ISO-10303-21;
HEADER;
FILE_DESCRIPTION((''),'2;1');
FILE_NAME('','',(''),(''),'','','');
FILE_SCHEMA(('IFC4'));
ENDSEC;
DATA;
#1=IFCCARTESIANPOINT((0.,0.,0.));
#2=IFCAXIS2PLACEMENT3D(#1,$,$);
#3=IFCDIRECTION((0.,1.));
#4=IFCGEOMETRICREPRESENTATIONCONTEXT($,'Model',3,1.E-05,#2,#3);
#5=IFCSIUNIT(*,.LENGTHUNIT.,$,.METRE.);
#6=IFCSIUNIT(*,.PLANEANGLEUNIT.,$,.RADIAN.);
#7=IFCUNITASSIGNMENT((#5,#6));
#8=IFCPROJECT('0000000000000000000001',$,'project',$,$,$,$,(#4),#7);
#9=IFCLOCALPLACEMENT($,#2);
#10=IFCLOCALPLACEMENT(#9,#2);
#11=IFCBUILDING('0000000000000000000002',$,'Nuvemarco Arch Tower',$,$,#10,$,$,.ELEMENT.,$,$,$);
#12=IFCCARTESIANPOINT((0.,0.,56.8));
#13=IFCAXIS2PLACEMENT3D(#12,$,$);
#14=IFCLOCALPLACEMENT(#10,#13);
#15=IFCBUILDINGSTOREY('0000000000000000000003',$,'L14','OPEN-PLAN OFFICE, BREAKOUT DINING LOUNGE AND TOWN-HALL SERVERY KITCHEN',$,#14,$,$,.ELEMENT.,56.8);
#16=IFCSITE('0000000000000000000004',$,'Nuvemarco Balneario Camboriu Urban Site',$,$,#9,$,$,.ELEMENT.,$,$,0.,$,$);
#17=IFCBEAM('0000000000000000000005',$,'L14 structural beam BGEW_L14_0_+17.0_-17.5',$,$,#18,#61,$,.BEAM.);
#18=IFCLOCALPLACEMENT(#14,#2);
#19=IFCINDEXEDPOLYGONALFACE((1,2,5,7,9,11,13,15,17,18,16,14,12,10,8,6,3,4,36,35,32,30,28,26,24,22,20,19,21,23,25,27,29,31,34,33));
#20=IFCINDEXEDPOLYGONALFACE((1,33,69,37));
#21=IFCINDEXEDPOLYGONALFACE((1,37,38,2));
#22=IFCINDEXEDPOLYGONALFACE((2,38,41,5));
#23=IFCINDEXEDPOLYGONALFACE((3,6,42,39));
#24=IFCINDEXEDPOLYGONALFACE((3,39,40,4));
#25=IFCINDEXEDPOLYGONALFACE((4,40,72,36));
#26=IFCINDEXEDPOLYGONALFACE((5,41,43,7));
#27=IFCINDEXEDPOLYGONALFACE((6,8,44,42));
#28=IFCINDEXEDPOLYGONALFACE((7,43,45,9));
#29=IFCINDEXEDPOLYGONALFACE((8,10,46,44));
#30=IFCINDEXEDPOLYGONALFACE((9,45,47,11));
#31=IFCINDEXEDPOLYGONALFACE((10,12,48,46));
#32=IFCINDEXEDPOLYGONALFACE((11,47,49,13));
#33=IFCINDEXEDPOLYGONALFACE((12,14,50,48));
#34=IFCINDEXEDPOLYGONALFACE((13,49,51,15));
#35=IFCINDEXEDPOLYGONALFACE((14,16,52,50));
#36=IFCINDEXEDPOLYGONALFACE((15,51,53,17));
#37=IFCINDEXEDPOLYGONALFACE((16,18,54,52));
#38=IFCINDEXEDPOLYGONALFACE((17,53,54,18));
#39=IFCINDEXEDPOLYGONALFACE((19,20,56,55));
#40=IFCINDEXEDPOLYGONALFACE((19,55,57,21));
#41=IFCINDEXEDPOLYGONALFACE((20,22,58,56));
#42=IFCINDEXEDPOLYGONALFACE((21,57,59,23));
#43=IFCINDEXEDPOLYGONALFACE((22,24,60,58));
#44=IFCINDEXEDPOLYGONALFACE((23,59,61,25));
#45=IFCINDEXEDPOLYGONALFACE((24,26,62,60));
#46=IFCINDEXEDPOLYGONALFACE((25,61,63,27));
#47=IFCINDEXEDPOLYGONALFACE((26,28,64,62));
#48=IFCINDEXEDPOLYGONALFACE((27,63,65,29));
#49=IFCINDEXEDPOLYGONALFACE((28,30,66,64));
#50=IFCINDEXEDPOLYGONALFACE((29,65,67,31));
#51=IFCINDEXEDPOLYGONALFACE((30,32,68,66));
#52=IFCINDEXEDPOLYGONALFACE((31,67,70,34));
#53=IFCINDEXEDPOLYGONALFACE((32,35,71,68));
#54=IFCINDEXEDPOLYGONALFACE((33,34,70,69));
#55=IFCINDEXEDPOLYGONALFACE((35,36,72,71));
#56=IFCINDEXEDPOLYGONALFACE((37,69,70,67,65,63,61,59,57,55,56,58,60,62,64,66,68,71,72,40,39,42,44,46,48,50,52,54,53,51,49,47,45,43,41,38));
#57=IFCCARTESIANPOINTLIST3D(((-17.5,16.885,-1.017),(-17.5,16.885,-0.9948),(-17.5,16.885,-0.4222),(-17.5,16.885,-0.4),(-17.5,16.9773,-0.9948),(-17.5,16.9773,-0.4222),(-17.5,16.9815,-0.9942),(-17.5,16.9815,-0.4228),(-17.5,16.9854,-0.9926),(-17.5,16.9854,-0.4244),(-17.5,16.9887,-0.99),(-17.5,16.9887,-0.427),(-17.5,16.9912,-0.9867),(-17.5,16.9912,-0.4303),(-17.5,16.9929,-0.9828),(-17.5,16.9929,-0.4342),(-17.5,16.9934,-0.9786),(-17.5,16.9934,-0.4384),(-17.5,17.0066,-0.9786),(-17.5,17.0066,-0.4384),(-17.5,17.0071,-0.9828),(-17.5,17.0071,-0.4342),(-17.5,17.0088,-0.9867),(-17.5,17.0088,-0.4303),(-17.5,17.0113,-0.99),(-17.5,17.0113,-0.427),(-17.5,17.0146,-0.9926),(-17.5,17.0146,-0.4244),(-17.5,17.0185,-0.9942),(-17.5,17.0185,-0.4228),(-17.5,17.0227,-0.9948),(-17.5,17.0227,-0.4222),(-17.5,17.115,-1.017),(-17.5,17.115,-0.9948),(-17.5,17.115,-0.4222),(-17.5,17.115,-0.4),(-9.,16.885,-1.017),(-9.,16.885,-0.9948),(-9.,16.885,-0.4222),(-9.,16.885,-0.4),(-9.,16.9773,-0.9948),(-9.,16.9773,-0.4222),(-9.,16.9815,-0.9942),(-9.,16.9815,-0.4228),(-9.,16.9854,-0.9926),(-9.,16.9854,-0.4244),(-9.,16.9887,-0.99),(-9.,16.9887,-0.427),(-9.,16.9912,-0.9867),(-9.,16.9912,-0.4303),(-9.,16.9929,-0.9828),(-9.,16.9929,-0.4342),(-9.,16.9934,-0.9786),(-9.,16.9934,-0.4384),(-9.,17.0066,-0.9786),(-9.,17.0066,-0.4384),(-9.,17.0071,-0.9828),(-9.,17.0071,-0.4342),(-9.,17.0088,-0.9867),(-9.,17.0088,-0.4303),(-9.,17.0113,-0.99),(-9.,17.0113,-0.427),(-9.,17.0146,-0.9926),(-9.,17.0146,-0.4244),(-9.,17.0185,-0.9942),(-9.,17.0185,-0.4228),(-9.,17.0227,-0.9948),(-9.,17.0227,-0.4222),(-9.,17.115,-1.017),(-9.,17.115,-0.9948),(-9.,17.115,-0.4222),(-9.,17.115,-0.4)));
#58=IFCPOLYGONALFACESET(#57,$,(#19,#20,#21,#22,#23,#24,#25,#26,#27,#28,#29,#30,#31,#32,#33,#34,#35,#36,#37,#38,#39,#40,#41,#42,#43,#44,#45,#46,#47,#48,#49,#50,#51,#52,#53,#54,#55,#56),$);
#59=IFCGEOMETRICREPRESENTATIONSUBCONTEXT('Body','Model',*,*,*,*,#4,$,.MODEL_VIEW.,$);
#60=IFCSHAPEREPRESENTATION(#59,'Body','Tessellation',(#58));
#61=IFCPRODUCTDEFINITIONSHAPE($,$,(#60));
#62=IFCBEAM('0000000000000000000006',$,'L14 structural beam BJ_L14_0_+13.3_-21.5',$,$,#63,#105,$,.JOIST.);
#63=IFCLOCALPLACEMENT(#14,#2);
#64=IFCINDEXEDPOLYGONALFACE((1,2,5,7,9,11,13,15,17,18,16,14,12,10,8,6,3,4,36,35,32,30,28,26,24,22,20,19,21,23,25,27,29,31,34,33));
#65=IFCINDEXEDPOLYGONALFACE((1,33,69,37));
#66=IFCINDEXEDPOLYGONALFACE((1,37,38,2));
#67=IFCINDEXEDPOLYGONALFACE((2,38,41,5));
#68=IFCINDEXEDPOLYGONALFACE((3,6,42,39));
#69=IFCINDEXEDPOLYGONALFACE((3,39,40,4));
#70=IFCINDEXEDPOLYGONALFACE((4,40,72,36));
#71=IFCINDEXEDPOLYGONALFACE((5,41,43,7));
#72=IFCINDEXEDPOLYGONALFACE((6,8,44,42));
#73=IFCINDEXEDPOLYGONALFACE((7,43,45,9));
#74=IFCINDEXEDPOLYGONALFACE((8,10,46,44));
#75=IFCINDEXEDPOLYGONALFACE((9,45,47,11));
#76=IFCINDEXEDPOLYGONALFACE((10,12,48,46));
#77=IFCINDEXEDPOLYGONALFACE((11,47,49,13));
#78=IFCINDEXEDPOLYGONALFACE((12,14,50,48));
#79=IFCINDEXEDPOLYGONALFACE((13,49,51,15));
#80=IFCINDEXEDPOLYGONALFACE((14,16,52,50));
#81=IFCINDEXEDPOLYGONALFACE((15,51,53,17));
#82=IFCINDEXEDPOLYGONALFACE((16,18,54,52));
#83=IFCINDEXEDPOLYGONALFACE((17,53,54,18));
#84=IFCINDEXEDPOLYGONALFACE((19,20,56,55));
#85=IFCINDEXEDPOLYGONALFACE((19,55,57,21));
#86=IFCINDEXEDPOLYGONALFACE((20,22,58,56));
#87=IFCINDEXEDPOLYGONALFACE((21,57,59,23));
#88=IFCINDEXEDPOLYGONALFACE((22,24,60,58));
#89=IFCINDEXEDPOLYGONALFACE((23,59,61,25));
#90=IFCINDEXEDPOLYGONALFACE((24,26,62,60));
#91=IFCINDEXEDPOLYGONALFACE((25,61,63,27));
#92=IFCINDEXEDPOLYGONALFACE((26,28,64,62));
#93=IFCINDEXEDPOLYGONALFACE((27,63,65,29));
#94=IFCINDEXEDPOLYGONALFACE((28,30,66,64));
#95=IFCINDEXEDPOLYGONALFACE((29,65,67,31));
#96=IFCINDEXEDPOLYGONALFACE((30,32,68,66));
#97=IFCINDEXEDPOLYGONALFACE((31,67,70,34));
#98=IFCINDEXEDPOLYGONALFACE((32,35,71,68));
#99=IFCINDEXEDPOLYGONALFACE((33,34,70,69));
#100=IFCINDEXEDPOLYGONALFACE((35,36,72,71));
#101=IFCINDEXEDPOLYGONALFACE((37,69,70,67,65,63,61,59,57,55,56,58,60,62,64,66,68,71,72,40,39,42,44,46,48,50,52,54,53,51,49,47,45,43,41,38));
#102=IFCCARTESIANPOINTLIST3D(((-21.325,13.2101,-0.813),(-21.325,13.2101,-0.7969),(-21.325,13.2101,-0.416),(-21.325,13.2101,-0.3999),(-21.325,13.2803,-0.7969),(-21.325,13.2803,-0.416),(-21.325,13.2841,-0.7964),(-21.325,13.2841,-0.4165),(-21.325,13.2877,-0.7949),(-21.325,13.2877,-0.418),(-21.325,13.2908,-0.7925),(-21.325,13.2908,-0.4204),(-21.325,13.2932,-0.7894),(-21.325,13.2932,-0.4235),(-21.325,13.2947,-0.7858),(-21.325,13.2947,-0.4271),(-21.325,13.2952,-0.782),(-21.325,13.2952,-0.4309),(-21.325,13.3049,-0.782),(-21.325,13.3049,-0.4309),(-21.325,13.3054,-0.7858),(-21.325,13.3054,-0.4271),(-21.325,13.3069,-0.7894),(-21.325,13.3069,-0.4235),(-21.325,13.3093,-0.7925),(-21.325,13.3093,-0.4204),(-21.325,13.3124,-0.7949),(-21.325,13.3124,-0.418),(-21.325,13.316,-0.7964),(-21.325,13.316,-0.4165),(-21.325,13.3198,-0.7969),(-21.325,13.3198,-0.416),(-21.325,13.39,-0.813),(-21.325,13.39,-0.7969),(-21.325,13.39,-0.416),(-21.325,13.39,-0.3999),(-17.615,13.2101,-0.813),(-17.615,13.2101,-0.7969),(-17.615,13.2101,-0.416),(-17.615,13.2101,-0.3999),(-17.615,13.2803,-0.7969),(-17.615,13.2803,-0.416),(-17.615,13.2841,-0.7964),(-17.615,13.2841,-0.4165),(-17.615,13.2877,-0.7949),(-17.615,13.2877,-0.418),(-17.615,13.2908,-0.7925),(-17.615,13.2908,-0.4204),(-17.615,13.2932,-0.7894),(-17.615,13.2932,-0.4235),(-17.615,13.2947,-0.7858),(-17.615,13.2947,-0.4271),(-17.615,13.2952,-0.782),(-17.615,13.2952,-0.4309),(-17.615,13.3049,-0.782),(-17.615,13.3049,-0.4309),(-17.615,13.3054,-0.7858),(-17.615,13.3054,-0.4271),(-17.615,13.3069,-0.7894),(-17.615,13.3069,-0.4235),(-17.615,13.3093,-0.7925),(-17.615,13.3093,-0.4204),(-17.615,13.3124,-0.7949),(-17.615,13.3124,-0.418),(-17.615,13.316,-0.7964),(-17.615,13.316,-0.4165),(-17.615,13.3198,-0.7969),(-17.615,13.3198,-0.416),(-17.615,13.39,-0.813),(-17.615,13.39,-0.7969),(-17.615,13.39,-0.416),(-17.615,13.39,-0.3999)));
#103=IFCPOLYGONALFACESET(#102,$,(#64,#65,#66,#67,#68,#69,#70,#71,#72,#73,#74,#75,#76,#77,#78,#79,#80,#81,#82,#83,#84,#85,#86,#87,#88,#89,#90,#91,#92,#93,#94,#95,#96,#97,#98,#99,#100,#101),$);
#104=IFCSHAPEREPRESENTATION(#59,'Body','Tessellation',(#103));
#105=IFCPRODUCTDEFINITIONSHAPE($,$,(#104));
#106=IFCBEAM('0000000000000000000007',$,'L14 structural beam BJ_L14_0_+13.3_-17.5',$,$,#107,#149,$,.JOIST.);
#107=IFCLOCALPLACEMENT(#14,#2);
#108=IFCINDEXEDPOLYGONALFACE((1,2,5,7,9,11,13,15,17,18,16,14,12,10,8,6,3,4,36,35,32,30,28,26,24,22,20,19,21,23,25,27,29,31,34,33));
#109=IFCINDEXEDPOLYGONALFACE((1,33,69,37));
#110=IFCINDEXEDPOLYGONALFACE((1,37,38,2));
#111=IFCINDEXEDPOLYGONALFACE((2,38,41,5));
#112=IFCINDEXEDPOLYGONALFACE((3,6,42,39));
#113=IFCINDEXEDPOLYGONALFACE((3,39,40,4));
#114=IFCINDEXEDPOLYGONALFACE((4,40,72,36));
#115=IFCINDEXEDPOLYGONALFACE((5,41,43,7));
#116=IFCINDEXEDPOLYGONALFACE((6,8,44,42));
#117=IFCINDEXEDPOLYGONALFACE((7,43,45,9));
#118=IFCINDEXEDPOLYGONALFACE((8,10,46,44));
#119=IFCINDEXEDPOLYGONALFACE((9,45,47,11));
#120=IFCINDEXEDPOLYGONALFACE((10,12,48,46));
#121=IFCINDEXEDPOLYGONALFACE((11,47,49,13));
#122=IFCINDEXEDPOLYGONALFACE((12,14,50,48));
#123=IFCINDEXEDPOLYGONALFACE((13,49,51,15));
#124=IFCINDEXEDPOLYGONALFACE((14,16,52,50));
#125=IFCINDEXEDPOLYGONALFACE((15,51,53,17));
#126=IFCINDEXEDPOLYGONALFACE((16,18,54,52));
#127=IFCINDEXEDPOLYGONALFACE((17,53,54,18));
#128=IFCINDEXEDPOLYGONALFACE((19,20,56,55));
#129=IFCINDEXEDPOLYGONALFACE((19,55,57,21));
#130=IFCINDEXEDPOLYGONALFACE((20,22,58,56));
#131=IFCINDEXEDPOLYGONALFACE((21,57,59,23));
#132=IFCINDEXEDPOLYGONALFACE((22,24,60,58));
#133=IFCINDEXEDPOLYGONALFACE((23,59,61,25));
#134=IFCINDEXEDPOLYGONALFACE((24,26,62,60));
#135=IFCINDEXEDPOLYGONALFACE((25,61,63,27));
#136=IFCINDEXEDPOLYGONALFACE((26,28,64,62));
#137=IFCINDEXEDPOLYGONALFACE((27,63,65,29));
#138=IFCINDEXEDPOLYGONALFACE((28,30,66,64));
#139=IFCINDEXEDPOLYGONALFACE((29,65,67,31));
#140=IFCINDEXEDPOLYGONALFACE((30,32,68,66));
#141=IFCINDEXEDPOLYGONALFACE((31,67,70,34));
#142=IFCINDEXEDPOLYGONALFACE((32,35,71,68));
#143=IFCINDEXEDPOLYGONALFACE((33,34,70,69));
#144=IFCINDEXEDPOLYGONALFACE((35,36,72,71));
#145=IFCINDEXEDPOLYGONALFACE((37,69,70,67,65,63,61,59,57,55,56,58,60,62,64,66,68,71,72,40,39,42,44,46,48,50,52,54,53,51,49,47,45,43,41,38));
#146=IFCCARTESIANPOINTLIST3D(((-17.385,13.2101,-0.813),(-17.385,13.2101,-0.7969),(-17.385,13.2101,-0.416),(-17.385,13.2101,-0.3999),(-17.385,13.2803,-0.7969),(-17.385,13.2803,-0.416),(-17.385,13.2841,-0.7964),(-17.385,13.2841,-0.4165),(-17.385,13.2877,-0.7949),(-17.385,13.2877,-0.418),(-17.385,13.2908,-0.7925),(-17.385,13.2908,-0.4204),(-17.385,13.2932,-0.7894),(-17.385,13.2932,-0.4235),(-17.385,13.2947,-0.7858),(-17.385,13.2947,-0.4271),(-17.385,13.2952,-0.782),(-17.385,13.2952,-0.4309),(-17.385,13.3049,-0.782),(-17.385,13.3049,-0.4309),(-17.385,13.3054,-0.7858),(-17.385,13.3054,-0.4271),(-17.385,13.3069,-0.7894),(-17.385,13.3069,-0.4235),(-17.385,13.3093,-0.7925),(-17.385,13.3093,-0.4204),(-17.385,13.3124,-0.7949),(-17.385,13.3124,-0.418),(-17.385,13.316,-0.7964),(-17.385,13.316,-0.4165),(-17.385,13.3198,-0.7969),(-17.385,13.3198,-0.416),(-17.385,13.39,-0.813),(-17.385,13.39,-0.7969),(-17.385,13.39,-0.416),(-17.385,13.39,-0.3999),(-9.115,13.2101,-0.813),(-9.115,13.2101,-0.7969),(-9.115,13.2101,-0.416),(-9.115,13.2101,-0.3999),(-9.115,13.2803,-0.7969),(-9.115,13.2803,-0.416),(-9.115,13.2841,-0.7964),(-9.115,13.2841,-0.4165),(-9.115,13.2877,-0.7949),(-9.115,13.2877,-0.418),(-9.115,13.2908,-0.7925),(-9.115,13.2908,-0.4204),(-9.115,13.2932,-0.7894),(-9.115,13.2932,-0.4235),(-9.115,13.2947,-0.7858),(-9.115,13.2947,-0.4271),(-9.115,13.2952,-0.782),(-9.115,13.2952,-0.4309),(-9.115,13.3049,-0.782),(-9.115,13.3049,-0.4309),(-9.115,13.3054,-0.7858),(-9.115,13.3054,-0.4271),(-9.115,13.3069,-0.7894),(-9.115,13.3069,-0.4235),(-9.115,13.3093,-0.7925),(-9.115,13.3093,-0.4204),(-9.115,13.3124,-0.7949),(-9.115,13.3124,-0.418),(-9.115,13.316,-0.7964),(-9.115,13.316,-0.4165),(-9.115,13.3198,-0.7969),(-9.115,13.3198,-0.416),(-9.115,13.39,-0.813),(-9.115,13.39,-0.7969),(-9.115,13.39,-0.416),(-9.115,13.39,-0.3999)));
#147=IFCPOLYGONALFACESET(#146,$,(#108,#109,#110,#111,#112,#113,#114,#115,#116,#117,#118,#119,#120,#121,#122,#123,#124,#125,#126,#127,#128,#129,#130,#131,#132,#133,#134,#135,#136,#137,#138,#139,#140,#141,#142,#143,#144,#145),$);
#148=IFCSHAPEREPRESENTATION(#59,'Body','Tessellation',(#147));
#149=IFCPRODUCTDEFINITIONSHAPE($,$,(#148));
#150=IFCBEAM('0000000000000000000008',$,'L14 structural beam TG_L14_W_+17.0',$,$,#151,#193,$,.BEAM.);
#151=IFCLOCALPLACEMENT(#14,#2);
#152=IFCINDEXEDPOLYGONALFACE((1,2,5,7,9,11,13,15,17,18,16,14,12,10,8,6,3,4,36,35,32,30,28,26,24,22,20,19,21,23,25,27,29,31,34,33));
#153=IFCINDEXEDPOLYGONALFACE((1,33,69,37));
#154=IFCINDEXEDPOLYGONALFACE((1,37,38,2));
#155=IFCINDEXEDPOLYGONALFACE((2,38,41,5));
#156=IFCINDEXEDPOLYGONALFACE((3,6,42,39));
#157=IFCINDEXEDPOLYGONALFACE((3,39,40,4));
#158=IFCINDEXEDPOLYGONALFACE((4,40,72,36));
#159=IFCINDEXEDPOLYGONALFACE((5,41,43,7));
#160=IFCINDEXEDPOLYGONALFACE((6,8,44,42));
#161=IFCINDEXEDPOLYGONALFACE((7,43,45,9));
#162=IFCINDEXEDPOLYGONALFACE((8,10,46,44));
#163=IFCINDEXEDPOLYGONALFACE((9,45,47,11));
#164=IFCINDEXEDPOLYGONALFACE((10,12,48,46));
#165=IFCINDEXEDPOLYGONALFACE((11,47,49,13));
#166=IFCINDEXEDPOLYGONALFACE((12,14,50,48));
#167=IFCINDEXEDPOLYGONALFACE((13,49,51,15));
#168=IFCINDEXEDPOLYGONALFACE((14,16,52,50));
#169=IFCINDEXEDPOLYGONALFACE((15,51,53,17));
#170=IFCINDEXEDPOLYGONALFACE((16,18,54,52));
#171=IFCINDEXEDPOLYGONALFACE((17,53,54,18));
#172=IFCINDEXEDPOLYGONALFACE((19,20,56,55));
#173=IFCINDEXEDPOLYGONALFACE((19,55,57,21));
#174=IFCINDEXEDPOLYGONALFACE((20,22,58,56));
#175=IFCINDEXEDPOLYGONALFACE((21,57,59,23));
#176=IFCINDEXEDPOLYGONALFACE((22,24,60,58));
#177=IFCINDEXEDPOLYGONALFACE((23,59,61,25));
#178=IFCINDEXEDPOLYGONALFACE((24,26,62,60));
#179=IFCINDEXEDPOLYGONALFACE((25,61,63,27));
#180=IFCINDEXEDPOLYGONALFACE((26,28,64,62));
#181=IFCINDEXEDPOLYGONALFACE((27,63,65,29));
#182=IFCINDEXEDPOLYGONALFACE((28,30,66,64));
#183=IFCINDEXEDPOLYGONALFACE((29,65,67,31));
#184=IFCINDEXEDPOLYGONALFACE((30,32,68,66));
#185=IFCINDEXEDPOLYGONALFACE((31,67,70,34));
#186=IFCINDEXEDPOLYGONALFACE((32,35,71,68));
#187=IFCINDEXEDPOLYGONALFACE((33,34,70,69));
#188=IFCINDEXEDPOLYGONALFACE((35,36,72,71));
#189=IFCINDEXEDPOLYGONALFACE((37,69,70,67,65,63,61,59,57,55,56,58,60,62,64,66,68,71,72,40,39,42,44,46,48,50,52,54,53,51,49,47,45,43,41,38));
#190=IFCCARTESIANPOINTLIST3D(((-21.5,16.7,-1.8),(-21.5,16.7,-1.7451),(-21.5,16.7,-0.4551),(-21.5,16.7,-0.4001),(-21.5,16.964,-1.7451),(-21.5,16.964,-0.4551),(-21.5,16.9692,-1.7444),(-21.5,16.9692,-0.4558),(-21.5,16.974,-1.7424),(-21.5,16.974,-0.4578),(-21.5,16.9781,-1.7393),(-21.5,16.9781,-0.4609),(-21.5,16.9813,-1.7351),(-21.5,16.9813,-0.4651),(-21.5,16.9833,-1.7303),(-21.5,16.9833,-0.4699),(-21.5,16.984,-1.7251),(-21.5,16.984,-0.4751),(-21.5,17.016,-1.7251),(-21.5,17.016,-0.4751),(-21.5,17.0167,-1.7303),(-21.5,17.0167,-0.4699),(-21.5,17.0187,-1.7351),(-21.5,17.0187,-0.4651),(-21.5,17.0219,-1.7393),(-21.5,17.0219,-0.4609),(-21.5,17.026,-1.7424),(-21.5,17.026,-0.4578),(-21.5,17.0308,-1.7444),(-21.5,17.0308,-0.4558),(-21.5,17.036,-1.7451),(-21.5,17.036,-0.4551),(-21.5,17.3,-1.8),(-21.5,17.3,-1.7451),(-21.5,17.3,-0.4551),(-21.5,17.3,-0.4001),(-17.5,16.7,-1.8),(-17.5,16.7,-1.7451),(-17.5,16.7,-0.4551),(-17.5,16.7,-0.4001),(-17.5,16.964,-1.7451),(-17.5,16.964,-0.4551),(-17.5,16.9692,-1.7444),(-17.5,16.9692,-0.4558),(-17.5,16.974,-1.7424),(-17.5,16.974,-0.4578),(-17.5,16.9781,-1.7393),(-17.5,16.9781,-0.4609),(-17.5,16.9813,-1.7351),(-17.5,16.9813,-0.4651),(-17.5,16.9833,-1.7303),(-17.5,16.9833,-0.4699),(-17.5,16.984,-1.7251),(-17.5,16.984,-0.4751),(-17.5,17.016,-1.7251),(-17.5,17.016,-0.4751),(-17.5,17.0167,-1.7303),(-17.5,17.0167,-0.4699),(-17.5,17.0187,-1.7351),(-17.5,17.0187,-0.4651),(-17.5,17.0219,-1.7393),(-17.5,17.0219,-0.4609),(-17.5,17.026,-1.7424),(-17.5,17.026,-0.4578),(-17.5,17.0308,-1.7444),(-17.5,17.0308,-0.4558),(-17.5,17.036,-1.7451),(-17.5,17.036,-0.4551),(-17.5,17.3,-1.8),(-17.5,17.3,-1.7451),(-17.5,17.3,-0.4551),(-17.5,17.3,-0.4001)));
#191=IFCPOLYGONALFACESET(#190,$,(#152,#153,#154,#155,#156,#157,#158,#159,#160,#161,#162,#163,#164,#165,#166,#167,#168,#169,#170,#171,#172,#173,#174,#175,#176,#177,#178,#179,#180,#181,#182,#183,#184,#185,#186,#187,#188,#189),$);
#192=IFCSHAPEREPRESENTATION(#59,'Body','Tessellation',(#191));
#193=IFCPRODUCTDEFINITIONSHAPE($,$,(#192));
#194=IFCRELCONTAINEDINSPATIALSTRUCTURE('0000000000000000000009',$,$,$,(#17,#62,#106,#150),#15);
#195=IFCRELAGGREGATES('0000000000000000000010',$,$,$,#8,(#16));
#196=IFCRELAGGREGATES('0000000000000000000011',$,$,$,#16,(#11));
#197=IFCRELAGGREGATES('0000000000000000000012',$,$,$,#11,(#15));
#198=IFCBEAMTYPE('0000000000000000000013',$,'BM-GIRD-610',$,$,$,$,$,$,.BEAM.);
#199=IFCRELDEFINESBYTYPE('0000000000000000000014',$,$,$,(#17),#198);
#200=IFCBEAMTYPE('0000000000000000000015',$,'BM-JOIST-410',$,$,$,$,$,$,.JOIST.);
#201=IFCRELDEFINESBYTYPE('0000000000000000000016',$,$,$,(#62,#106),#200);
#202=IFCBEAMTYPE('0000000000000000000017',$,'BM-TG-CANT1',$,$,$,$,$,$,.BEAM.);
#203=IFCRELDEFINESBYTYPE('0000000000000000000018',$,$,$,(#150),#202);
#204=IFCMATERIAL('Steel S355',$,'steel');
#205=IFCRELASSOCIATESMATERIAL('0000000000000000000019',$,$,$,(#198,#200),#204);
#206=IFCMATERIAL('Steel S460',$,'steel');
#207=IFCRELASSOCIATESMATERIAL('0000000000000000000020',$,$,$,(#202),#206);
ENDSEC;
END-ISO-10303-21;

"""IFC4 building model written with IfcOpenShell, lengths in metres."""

from ifc_helpers import new_model, si_unit, direction, frame, origin, origin_2d, place, context, subcontext, project, spatial, i_section, extrude, material, material_profile, profile_set, type_object, element, save


model = new_model("IFC4")

# Units and contexts
model_context = context("Model", 3, precision=1e-05, world=origin(), true_north=direction((0.0, 1.0)))
body_context = subcontext(model_context, "Body", "Model", "MODEL_VIEW")
ifc_project = project(units=[si_unit("LENGTHUNIT", "METRE"), si_unit("PLANEANGLEUNIT", "RADIAN")], contexts=[model_context])

# Site, building, storey
site_placement = place(None, origin())
site = spatial("IfcSite", under=ifc_project, at=site_placement, Name="Nuvemarco Balneario Camboriu Urban Site", CompositionType="ELEMENT", RefElevation=0.0)
building_placement = place(site_placement, origin())
building = spatial("IfcBuilding", under=site, at=building_placement, Name="Nuvemarco Arch Tower", CompositionType="ELEMENT")
storey_placement = place(building_placement, frame((0.0, 0.0, 56.8)))
storey = spatial("IfcBuildingStorey", under=building, at=storey_placement, Name="L14", Description="OPEN-PLAN OFFICE, BREAKOUT DINING LOUNGE AND TOWN-HALL SERVERY KITCHEN", CompositionType="ELEMENT", Elevation=56.8)

# Shared definitions
ifc_material_1 = material(Name="Steel S460", Category="steel")
ifc_material_2 = material(Name="Steel S355", Category="steel")

# Beams
ifc_material_profile_1 = material_profile(ifc_material_2, i_section(OverallWidth=0.23, OverallDepth=0.6169, WebThickness=0.0132, FlangeThickness=0.0222, FilletRadius=0.0161, at=origin_2d()), Name="W610x140")
ifc_profile_set_1 = profile_set([ifc_material_profile_1], Name="Steel S355")
beam_type_1 = type_object("IfcBeamType", Name="BM-GIRD-610", PredefinedType="BEAM", material=ifc_profile_set_1)
beam_1_placement = place(storey_placement, frame((-17.5, 17.0, -0.7085), z_axis=(1.0, 0.0, 0.0), x_axis=(0.0, 1.0, 0.0)))
element("IfcBeam", 1, at=beam_1_placement, inside=storey, type_object=beam_type_1, Name="L14 structural beam BGEW_L14_0_+17.0_-17.5", PredefinedType="BEAM", context=body_context, shape_type="SweptSolid", body=[
    extrude(i_section(OverallWidth=0.23, OverallDepth=0.6169, WebThickness=0.0132, FlangeThickness=0.0222, FilletRadius=0.0161, at=origin_2d()), origin(), (0.0, 0.0, 1.0), 8.5),
])
ifc_material_profile_2 = material_profile(ifc_material_2, i_section(OverallWidth=0.1799, OverallDepth=0.4131, WebThickness=0.0098, FlangeThickness=0.0161, FilletRadius=0.0149, at=origin_2d()), Name="W410x75")
ifc_profile_set_2 = profile_set([ifc_material_profile_2], Name="Steel S355")
beam_type_2 = type_object("IfcBeamType", Name="BM-JOIST-410", PredefinedType="JOIST", material=ifc_profile_set_2)
beam_2_placement = place(storey_placement, frame((-21.325, 13.3, -0.6064), z_axis=(1.0, 0.0, 0.0), x_axis=(0.0, 1.0, 0.0)))
element("IfcBeam", 2, at=beam_2_placement, inside=storey, type_object=beam_type_2, Name="L14 structural beam BJ_L14_0_+13.3_-21.5", PredefinedType="JOIST", context=body_context, shape_type="SweptSolid", body=[
    extrude(i_section(OverallWidth=0.1799, OverallDepth=0.4131, WebThickness=0.0098, FlangeThickness=0.0161, FilletRadius=0.0149, at=origin_2d()), origin(), (0.0, 0.0, 1.0), 3.71),
])
beam_3_placement = place(storey_placement, frame((-17.385, 13.3, -0.6064), z_axis=(1.0, 0.0, 0.0), x_axis=(0.0, 1.0, 0.0)))
element("IfcBeam", 3, at=beam_3_placement, inside=storey, type_object=beam_type_2, Name="L14 structural beam BJ_L14_0_+13.3_-17.5", PredefinedType="JOIST", context=body_context, shape_type="SweptSolid", body=[
    extrude(i_section(OverallWidth=0.1799, OverallDepth=0.4131, WebThickness=0.0098, FlangeThickness=0.0161, FilletRadius=0.0149, at=origin_2d()), origin(), (0.0, 0.0, 1.0), 8.27),
])
ifc_material_profile_3 = material_profile(ifc_material_1, i_section(OverallWidth=0.6001, OverallDepth=1.3999, WebThickness=0.032, FlangeThickness=0.0549, FilletRadius=0.02, at=origin_2d()), Name="PG1400x600")
ifc_profile_set_3 = profile_set([ifc_material_profile_3], Name="Steel S460")
beam_type_3 = type_object("IfcBeamType", Name="BM-TG-CANT1", PredefinedType="BEAM", material=ifc_profile_set_3)
beam_4_placement = place(storey_placement, frame((-21.5, 17.0, -1.1001), z_axis=(1.0, 0.0, 0.0), x_axis=(0.0, 1.0, 0.0)))
element("IfcBeam", 4, at=beam_4_placement, inside=storey, type_object=beam_type_3, Name="L14 structural beam TG_L14_W_+17.0", PredefinedType="BEAM", context=body_context, shape_type="SweptSolid", body=[
    extrude(i_section(OverallWidth=0.6001, OverallDepth=1.3999, WebThickness=0.032, FlangeThickness=0.0549, FilletRadius=0.02, at=origin_2d()), origin(), (0.0, 0.0, 1.0), 4.0),
])

save(model, "model.ifc")
